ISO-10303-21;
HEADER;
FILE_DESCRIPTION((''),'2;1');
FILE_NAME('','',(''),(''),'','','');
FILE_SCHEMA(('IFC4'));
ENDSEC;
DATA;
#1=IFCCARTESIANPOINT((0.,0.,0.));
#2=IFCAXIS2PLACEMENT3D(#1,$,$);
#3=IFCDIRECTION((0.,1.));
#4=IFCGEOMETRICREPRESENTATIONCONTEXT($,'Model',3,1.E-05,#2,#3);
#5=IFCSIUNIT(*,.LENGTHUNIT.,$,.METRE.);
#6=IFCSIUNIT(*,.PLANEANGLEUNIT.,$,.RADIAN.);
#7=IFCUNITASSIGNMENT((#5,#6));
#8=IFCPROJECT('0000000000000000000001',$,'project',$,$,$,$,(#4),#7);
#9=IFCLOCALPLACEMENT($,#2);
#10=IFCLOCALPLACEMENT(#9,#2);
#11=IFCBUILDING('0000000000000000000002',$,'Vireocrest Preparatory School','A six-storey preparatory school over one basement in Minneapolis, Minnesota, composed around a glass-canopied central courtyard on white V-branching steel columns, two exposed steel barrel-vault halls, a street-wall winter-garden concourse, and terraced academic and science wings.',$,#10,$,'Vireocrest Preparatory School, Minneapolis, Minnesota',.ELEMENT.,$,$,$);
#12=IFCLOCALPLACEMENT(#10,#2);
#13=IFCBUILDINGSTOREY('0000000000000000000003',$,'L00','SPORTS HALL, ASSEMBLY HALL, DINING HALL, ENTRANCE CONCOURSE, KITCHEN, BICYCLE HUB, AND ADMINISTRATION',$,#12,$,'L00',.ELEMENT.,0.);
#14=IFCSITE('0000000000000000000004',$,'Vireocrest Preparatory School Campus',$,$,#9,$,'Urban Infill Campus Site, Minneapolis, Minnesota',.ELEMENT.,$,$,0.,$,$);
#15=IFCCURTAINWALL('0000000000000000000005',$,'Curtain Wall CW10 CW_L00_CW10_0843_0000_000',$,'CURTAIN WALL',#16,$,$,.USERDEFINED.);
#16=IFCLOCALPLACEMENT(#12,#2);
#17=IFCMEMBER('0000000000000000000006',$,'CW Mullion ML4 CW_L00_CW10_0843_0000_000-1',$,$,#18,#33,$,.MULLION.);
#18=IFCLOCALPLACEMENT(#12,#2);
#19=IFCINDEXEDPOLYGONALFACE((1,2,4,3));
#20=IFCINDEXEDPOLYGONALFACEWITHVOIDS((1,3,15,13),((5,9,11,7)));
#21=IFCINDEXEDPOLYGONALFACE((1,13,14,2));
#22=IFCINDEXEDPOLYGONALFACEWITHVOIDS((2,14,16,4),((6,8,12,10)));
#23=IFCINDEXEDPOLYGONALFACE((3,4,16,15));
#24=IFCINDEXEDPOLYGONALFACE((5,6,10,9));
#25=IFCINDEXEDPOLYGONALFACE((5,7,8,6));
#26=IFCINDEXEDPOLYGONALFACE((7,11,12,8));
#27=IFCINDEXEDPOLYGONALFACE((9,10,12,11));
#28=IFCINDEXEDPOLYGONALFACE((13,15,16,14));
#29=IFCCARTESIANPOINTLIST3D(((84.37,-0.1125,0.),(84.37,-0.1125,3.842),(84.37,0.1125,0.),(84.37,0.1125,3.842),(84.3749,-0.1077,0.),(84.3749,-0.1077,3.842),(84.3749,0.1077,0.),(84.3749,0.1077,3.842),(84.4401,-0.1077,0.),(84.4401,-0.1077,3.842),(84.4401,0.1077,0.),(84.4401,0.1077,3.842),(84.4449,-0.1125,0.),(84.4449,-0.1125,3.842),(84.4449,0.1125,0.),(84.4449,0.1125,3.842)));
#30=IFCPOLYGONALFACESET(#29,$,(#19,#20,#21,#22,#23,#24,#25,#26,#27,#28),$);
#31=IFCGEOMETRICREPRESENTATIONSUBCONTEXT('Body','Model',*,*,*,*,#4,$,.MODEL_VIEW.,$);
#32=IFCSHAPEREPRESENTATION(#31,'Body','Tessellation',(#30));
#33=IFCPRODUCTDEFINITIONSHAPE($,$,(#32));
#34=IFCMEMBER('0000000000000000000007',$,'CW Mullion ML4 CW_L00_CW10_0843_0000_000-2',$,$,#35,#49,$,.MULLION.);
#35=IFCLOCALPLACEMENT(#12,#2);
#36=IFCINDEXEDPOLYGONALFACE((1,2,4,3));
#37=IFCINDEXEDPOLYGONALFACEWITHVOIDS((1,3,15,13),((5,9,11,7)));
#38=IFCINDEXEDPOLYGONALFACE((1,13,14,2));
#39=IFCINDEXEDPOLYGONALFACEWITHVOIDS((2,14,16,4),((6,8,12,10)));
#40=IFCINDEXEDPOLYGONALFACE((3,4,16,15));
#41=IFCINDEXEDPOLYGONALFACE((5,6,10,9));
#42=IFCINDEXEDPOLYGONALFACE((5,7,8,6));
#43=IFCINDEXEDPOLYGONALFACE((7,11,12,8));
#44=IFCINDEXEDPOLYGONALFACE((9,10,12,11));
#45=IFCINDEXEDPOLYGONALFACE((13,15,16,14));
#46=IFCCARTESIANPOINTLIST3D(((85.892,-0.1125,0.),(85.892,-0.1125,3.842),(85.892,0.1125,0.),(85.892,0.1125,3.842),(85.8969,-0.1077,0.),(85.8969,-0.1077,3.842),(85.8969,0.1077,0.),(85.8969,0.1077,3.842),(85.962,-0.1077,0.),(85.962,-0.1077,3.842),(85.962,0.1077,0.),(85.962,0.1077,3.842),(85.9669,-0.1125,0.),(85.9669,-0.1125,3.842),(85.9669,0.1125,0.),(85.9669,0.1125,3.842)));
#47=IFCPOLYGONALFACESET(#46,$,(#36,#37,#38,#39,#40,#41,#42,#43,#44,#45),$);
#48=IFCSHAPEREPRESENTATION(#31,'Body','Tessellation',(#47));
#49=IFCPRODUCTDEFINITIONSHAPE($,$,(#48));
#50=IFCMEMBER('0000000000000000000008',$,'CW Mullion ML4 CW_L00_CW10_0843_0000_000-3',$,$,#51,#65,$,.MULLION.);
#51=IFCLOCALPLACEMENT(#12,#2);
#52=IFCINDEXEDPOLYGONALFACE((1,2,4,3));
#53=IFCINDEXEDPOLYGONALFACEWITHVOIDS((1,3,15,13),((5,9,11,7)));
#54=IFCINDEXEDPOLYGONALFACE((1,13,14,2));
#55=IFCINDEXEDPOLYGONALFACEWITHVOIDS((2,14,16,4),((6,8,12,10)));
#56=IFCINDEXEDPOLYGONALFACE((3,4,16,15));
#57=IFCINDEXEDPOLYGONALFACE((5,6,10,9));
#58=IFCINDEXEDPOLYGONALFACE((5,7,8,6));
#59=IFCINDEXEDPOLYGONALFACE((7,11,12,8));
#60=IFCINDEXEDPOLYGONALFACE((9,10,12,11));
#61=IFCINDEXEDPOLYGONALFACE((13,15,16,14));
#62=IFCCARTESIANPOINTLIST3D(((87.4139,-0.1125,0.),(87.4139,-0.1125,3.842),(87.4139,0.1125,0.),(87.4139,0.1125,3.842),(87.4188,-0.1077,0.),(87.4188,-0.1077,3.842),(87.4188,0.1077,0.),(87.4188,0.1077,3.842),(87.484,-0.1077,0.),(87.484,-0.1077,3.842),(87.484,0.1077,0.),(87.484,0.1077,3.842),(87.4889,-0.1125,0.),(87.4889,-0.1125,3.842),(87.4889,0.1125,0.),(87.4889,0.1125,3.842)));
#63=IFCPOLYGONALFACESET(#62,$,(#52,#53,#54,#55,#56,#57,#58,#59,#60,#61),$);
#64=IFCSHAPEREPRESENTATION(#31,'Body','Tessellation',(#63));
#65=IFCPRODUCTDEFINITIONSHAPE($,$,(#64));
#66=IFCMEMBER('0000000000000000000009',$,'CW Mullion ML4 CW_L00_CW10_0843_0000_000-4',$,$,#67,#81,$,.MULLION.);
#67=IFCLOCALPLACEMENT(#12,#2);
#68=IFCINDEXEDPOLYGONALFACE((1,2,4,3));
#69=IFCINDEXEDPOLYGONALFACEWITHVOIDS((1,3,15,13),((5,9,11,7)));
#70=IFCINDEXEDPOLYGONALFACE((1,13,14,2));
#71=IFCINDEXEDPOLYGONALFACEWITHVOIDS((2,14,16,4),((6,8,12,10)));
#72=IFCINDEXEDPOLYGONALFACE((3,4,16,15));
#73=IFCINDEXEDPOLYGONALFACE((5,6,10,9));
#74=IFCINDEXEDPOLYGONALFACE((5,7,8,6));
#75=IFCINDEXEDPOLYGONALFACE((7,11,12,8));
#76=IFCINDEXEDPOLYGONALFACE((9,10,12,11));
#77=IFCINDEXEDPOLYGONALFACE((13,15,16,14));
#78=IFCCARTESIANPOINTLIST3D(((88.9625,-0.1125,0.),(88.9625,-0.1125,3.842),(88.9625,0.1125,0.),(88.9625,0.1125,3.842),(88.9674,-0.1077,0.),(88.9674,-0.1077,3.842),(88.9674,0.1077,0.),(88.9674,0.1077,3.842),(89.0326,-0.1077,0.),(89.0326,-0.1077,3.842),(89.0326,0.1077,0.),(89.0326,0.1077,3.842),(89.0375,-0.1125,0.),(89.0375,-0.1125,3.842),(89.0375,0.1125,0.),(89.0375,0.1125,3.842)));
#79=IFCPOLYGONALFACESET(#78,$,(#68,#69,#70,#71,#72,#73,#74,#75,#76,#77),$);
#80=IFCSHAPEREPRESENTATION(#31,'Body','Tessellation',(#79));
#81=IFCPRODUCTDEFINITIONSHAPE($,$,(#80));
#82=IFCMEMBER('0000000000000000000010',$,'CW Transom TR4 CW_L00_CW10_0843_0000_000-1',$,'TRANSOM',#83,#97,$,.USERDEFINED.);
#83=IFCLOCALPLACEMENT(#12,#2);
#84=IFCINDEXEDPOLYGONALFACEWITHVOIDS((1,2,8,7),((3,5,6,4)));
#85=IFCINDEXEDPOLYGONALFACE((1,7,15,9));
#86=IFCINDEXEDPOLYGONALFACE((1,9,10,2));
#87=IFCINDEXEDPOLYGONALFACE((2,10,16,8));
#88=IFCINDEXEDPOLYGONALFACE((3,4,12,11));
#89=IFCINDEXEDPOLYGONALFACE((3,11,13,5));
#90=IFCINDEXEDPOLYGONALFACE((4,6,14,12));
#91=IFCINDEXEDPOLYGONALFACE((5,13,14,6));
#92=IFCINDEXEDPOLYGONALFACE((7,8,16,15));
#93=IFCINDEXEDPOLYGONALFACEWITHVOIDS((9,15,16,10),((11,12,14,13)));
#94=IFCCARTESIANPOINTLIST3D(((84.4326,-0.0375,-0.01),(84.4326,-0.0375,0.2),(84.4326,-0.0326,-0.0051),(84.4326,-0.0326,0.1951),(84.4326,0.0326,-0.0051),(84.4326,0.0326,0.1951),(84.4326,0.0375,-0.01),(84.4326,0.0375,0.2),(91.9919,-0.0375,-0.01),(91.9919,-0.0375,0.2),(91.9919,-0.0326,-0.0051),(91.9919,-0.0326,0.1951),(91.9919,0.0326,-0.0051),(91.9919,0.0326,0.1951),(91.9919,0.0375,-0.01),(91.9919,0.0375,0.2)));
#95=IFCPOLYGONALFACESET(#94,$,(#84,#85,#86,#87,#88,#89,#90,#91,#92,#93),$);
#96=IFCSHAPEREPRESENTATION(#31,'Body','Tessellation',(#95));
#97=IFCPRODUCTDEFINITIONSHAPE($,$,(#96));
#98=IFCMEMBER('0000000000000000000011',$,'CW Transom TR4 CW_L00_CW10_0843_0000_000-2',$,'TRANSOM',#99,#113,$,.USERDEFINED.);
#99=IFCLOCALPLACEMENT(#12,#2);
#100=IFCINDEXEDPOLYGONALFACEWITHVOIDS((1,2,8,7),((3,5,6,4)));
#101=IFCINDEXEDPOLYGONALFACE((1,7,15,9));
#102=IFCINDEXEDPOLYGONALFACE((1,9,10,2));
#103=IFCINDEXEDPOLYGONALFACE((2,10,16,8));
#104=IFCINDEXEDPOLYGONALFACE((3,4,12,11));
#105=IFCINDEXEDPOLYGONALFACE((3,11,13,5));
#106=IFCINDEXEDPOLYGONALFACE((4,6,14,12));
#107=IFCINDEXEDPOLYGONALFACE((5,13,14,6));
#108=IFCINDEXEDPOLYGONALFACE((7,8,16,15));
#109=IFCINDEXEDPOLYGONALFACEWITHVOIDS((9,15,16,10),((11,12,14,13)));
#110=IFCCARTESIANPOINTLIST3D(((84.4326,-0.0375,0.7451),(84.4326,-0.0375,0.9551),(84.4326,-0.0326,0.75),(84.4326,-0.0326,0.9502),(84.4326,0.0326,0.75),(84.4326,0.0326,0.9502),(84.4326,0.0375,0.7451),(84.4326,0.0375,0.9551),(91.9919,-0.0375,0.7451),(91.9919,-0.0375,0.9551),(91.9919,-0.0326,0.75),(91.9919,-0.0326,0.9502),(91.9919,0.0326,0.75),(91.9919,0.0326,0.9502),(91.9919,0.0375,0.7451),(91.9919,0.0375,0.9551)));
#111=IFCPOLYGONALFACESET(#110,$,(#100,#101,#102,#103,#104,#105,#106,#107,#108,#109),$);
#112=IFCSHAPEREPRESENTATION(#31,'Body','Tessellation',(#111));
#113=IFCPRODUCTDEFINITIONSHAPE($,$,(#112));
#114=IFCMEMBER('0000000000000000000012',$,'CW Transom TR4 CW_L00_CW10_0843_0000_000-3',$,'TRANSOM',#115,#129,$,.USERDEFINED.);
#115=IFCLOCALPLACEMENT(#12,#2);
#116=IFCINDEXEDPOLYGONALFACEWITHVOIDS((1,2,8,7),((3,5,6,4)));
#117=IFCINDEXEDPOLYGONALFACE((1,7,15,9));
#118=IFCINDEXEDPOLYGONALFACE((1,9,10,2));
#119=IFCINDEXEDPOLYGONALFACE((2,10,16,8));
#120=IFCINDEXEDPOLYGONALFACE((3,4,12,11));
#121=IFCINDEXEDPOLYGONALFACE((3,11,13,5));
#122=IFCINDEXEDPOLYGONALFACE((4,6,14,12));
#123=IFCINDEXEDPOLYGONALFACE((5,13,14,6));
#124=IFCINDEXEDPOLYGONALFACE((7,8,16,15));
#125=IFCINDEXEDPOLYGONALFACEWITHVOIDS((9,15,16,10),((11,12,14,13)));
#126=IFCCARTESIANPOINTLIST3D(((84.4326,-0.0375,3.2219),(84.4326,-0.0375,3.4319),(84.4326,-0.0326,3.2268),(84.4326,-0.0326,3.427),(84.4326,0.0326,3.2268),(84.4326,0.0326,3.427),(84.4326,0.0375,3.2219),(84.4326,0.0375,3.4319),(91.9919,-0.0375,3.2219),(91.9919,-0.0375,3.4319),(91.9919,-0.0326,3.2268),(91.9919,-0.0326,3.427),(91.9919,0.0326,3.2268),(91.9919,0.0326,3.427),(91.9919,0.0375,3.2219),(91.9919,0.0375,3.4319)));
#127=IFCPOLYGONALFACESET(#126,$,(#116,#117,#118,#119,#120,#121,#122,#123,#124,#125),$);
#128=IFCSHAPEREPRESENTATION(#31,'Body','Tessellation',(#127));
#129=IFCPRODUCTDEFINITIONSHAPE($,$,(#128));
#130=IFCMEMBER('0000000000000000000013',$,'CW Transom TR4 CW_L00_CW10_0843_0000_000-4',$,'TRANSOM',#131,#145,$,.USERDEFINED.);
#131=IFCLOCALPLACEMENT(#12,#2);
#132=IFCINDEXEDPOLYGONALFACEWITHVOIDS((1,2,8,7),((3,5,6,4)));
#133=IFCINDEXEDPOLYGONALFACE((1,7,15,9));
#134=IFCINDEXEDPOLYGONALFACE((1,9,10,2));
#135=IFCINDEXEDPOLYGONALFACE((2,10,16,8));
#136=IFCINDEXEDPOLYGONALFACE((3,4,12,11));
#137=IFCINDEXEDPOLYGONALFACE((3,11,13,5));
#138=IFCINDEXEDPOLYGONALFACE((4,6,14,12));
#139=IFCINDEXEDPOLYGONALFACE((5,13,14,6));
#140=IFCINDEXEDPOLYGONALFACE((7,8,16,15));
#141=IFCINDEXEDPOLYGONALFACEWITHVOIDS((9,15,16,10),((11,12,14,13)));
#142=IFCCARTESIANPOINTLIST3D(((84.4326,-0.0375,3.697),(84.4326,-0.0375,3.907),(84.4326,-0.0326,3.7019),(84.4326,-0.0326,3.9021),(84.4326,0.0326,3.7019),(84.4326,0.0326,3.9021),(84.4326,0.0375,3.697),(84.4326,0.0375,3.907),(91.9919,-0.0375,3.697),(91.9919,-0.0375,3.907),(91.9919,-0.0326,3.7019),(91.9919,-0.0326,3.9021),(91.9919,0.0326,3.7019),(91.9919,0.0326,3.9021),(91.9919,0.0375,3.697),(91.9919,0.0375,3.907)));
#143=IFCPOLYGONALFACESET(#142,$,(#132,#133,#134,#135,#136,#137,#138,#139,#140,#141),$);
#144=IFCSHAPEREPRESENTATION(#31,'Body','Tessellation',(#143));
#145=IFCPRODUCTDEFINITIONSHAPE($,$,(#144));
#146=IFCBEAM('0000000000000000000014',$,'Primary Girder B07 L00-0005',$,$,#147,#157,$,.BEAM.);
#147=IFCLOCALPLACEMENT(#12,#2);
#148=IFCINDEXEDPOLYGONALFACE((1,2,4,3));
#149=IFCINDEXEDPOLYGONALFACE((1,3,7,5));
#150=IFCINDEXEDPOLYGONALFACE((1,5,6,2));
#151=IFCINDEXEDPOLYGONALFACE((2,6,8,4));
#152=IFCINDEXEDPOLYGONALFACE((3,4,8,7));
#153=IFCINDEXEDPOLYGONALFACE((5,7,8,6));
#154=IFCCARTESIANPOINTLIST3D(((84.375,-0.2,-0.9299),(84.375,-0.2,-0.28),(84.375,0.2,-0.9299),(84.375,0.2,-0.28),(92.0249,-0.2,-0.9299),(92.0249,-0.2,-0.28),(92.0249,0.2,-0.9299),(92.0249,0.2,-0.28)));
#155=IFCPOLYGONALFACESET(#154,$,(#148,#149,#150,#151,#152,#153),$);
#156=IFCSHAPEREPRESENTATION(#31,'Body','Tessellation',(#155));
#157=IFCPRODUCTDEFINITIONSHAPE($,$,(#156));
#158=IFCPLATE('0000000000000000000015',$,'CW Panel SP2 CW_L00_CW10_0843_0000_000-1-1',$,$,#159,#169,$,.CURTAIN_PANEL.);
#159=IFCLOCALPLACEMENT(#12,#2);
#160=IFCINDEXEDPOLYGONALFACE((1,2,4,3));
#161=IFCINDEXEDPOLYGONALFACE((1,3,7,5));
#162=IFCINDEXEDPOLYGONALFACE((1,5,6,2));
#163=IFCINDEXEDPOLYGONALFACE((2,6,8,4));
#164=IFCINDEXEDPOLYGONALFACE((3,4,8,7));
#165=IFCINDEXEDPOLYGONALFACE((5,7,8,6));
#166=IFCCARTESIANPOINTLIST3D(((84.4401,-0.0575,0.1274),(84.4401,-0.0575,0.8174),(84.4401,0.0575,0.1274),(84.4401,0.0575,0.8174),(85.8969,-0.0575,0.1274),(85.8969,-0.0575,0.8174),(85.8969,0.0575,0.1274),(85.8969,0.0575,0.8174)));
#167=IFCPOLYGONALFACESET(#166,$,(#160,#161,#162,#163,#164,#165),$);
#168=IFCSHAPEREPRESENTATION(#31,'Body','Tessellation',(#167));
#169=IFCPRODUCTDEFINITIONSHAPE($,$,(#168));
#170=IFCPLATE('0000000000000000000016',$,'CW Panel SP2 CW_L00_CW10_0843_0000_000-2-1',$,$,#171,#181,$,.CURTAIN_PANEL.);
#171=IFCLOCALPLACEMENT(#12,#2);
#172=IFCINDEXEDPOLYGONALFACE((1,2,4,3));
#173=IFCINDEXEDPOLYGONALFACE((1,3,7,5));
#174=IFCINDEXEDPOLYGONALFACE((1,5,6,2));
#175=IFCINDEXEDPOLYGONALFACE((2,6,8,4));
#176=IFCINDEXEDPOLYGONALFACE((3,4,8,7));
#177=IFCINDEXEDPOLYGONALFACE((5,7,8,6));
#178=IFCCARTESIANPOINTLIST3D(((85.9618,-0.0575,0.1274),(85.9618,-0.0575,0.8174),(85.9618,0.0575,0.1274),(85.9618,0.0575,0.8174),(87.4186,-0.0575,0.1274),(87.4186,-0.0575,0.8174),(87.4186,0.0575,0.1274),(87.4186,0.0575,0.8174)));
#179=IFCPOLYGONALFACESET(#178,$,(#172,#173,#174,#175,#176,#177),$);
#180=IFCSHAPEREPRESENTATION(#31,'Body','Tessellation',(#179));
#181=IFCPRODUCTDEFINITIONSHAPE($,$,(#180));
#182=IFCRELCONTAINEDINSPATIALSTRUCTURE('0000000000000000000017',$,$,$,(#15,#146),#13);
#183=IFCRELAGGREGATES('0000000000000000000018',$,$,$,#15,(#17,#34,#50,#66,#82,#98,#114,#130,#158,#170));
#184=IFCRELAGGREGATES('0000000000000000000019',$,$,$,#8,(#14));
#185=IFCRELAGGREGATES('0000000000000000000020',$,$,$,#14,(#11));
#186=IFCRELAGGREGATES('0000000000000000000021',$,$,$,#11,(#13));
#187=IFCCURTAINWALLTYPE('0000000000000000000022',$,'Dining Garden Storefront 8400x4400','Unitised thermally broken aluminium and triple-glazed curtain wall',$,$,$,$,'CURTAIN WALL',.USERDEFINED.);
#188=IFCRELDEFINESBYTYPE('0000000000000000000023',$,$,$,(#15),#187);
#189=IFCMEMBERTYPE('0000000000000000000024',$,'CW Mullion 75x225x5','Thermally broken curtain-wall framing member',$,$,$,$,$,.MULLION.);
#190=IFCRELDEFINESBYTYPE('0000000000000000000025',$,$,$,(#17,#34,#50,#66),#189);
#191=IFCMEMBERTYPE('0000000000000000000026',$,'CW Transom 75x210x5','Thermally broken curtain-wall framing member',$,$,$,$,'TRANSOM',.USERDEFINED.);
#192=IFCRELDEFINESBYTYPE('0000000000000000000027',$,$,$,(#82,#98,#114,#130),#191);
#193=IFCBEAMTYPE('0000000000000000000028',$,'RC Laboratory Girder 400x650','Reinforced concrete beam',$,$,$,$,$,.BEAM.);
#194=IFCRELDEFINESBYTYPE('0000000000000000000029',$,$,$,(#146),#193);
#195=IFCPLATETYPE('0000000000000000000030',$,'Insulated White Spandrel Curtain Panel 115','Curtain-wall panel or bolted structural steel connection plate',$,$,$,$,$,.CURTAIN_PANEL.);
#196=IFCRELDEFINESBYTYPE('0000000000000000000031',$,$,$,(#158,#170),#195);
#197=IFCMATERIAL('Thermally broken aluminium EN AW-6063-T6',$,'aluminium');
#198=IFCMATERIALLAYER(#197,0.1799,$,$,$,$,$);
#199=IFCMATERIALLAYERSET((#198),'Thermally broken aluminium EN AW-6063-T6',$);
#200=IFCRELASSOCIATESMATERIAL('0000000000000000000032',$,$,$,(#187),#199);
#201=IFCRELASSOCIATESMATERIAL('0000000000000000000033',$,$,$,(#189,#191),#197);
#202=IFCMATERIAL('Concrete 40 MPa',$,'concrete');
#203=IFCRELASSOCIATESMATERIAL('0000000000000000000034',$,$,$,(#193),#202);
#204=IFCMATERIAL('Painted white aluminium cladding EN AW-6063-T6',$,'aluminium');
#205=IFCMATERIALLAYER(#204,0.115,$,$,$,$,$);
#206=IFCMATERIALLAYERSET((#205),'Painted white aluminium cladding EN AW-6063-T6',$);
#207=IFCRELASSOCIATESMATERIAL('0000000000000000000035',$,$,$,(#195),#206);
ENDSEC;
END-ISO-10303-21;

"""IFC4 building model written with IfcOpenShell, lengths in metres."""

from ifc_helpers import new_model, si_unit, direction, frame, origin, origin_2d, place, context, subcontext, project, spatial, rectangle, hollow_rectangle, extrude, material, layer, layer_set, material_profile, profile_set, type_object, element, aggregate, save


model = new_model("IFC4")

# Units and contexts
model_context = context("Model", 3, precision=1e-05, world=origin(), true_north=direction((0.0, 1.0)))
body_context = subcontext(model_context, "Body", "Model", "MODEL_VIEW")
ifc_project = project(units=[si_unit("LENGTHUNIT", "METRE"), si_unit("PLANEANGLEUNIT", "RADIAN")], contexts=[model_context])

# Site, building, storey
site_placement = place(None, origin())
site = spatial("IfcSite", under=ifc_project, at=site_placement, Name="Vireocrest Preparatory School Campus", LongName="Urban Infill Campus Site, Minneapolis, Minnesota", CompositionType="ELEMENT", RefElevation=0.0)
building_placement = place(site_placement, origin())
building = spatial("IfcBuilding", under=site, at=building_placement, Name="Vireocrest Preparatory School", Description="A six-storey preparatory school over one basement in Minneapolis, Minnesota, composed around a glass-canopied central courtyard on white V-branching steel columns, two exposed steel barrel-vault halls, a street-wall winter-garden concourse, and terraced academic and science wings.", LongName="Vireocrest Preparatory School, Minneapolis, Minnesota", CompositionType="ELEMENT")
storey_placement = place(building_placement, origin())
storey = spatial("IfcBuildingStorey", under=building, at=storey_placement, Name="L00", Description="SPORTS HALL, ASSEMBLY HALL, DINING HALL, ENTRANCE CONCOURSE, KITCHEN, BICYCLE HUB, AND ADMINISTRATION", LongName="L00", CompositionType="ELEMENT", Elevation=0.0)

# Curtain wall, members
ifc_material_1 = material(Name="Thermally broken aluminium EN AW-6063-T6", Category="aluminium")
ifc_layer_1 = layer(ifc_material_1, 0.1799)
ifc_layer_set_1 = layer_set([ifc_layer_1], Name="Thermally broken aluminium EN AW-6063-T6")
curtain_wall_type = type_object("IfcCurtainWallType", Name="Dining Garden Storefront 8400x4400", Description="Unitised thermally broken aluminium and triple-glazed curtain wall", ElementType="CURTAIN WALL", PredefinedType="USERDEFINED", material=ifc_layer_set_1)
curtain_wall_placement = place(storey_placement, origin())
curtain_wall = element("IfcCurtainWall", 1, at=curtain_wall_placement, inside=storey, type_object=curtain_wall_type, Name="Curtain Wall CW10 CW_L00_CW10_0843_0000_000", ObjectType="CURTAIN WALL", PredefinedType="USERDEFINED")
ifc_material_profile_1 = material_profile(ifc_material_1, hollow_rectangle(XDim=0.075, YDim=0.2251, WallThickness=0.0049, at=origin_2d()), Name="ALU 75x225x5")
ifc_profile_set_1 = profile_set([ifc_material_profile_1], Name="Thermally broken aluminium EN AW-6063-T6")
member_type_1 = type_object("IfcMemberType", Name="CW Mullion 75x225x5", Description="Thermally broken curtain-wall framing member", PredefinedType="MULLION", material=ifc_profile_set_1)
member_1_placement = place(storey_placement, frame((84.4075, 0.0, 0.0), z_axis=(0.0, 0.0, 1.0), x_axis=(1.0, 0.0, 0.0)))
member_1 = element("IfcMember", 2, at=member_1_placement, type_object=member_type_1, Name="CW Mullion ML4 CW_L00_CW10_0843_0000_000-1", PredefinedType="MULLION", context=body_context, shape_type="SweptSolid", body=[
    extrude(hollow_rectangle(XDim=0.075, YDim=0.2251, WallThickness=0.0049, at=origin_2d()), origin(), (0.0, 0.0, 1.0), 3.842),
])
member_2_placement = place(storey_placement, frame((85.9294, 0.0, 0.0), z_axis=(0.0, 0.0, 1.0), x_axis=(1.0, 0.0, 0.0)))
member_2 = element("IfcMember", 3, at=member_2_placement, type_object=member_type_1, Name="CW Mullion ML4 CW_L00_CW10_0843_0000_000-2", PredefinedType="MULLION", context=body_context, shape_type="SweptSolid", body=[
    extrude(hollow_rectangle(XDim=0.075, YDim=0.2251, WallThickness=0.0049, at=origin_2d()), origin(), (0.0, 0.0, 1.0), 3.842),
])
member_3_placement = place(storey_placement, frame((87.4514, 0.0, 0.0), z_axis=(0.0, 0.0, 1.0), x_axis=(1.0, 0.0, 0.0)))
member_3 = element("IfcMember", 4, at=member_3_placement, type_object=member_type_1, Name="CW Mullion ML4 CW_L00_CW10_0843_0000_000-3", PredefinedType="MULLION", context=body_context, shape_type="SweptSolid", body=[
    extrude(hollow_rectangle(XDim=0.075, YDim=0.2251, WallThickness=0.0049, at=origin_2d()), origin(), (0.0, 0.0, 1.0), 3.842),
])
member_4_placement = place(storey_placement, frame((89.0, 0.0, 0.0), z_axis=(0.0, 0.0, 1.0), x_axis=(1.0, 0.0, 0.0)))
member_4 = element("IfcMember", 5, at=member_4_placement, type_object=member_type_1, Name="CW Mullion ML4 CW_L00_CW10_0843_0000_000-4", PredefinedType="MULLION", context=body_context, shape_type="SweptSolid", body=[
    extrude(hollow_rectangle(XDim=0.075, YDim=0.2251, WallThickness=0.0049, at=origin_2d()), origin(), (0.0, 0.0, 1.0), 3.842),
])
ifc_material_profile_2 = material_profile(ifc_material_1, hollow_rectangle(XDim=0.075, YDim=0.21, WallThickness=0.0049, at=origin_2d()), Name="ALU 75x210x5")
ifc_profile_set_2 = profile_set([ifc_material_profile_2], Name="Thermally broken aluminium EN AW-6063-T6")
member_type_2 = type_object("IfcMemberType", Name="CW Transom 75x210x5", Description="Thermally broken curtain-wall framing member", ElementType="TRANSOM", PredefinedType="USERDEFINED", material=ifc_profile_set_2)
member_5_placement = place(storey_placement, frame((84.4326, 0.0, 0.095), z_axis=(1.0, 0.0, 0.0), x_axis=(0.0, 1.0, 0.0)))
member_5 = element("IfcMember", 6, at=member_5_placement, type_object=member_type_2, Name="CW Transom TR4 CW_L00_CW10_0843_0000_000-1", ObjectType="TRANSOM", PredefinedType="USERDEFINED", context=body_context, shape_type="SweptSolid", body=[
    extrude(hollow_rectangle(XDim=0.075, YDim=0.21, WallThickness=0.0049, at=origin_2d()), origin(), (0.0, 0.0, 1.0), 7.5593),
])
member_6_placement = place(storey_placement, frame((84.4326, 0.0, 0.8501), z_axis=(1.0, 0.0, 0.0), x_axis=(0.0, 1.0, 0.0)))
member_6 = element("IfcMember", 7, at=member_6_placement, type_object=member_type_2, Name="CW Transom TR4 CW_L00_CW10_0843_0000_000-2", ObjectType="TRANSOM", PredefinedType="USERDEFINED", context=body_context, shape_type="SweptSolid", body=[
    extrude(hollow_rectangle(XDim=0.075, YDim=0.21, WallThickness=0.0049, at=origin_2d()), origin(), (0.0, 0.0, 1.0), 7.5593),
])
member_7_placement = place(storey_placement, frame((84.4326, 0.0, 3.3269), z_axis=(1.0, 0.0, 0.0), x_axis=(0.0, 1.0, 0.0)))
member_7 = element("IfcMember", 8, at=member_7_placement, type_object=member_type_2, Name="CW Transom TR4 CW_L00_CW10_0843_0000_000-3", ObjectType="TRANSOM", PredefinedType="USERDEFINED", context=body_context, shape_type="SweptSolid", body=[
    extrude(hollow_rectangle(XDim=0.075, YDim=0.21, WallThickness=0.0049, at=origin_2d()), origin(), (0.0, 0.0, 1.0), 7.5593),
])
member_8_placement = place(storey_placement, frame((84.4326, 0.0, 3.802), z_axis=(1.0, 0.0, 0.0), x_axis=(0.0, 1.0, 0.0)))
member_8 = element("IfcMember", 9, at=member_8_placement, type_object=member_type_2, Name="CW Transom TR4 CW_L00_CW10_0843_0000_000-4", ObjectType="TRANSOM", PredefinedType="USERDEFINED", context=body_context, shape_type="SweptSolid", body=[
    extrude(hollow_rectangle(XDim=0.075, YDim=0.21, WallThickness=0.0049, at=origin_2d()), origin(), (0.0, 0.0, 1.0), 7.5593),
])

# Beam
ifc_material_2 = material(Name="Concrete 40 MPa", Category="concrete")
ifc_material_profile_3 = material_profile(ifc_material_2, rectangle(XDim=0.3999, YDim=0.6499, at=origin_2d()), Name="RC 400x650")
ifc_profile_set_3 = profile_set([ifc_material_profile_3], Name="Concrete 40 MPa")
beam_type = type_object("IfcBeamType", Name="RC Laboratory Girder 400x650", Description="Reinforced concrete beam", PredefinedType="BEAM", material=ifc_profile_set_3)
beam_placement = place(storey_placement, frame((84.375, 0.0, -0.605), z_axis=(1.0, 0.0, 0.0), x_axis=(0.0, 1.0, 0.0)))
element("IfcBeam", 10, at=beam_placement, inside=storey, type_object=beam_type, Name="Primary Girder B07 L00-0005", PredefinedType="BEAM", context=body_context, shape_type="SweptSolid", body=[
    extrude(rectangle(XDim=0.3999, YDim=0.6499, at=origin_2d()), origin(), (0.0, 0.0, 1.0), 7.6499),
])

# Plates
ifc_material_3 = material(Name="Painted white aluminium cladding EN AW-6063-T6", Category="aluminium")
ifc_layer_2 = layer(ifc_material_3, 0.115)
ifc_layer_set_2 = layer_set([ifc_layer_2], Name="Painted white aluminium cladding EN AW-6063-T6")
plate_type_1 = type_object("IfcPlateType", Name="Insulated White Spandrel Curtain Panel 115", Description="Curtain-wall panel or bolted structural steel connection plate", PredefinedType="CURTAIN_PANEL", material=ifc_layer_set_2)
plate_1_placement = place(storey_placement, frame((85.1685, 0.0, 0.1274), z_axis=(0.0, 0.0, 1.0), x_axis=(1.0, 0.0, 0.0)))
plate_1 = element("IfcPlate", 11, at=plate_1_placement, type_object=plate_type_1, Name="CW Panel SP2 CW_L00_CW10_0843_0000_000-1-1", PredefinedType="CURTAIN_PANEL", context=body_context, shape_type="SweptSolid", body=[
    extrude(rectangle(XDim=1.4568, YDim=0.115, at=origin_2d()), origin(), (0.0, 0.0, 1.0), 0.6899),
])
plate_2_placement = place(storey_placement, frame((86.6902, 0.0, 0.1274), z_axis=(0.0, 0.0, 1.0), x_axis=(1.0, 0.0, 0.0)))
plate_2 = element("IfcPlate", 12, at=plate_2_placement, type_object=plate_type_1, Name="CW Panel SP2 CW_L00_CW10_0843_0000_000-2-1", PredefinedType="CURTAIN_PANEL", context=body_context, shape_type="SweptSolid", body=[
    extrude(rectangle(XDim=1.4568, YDim=0.115, at=origin_2d()), origin(), (0.0, 0.0, 1.0), 0.6899),
])
aggregate(curtain_wall, [member_1, member_2, member_3, member_4, member_5, member_6, member_7, member_8, plate_1, plate_2])

save(model, "model.ifc")
